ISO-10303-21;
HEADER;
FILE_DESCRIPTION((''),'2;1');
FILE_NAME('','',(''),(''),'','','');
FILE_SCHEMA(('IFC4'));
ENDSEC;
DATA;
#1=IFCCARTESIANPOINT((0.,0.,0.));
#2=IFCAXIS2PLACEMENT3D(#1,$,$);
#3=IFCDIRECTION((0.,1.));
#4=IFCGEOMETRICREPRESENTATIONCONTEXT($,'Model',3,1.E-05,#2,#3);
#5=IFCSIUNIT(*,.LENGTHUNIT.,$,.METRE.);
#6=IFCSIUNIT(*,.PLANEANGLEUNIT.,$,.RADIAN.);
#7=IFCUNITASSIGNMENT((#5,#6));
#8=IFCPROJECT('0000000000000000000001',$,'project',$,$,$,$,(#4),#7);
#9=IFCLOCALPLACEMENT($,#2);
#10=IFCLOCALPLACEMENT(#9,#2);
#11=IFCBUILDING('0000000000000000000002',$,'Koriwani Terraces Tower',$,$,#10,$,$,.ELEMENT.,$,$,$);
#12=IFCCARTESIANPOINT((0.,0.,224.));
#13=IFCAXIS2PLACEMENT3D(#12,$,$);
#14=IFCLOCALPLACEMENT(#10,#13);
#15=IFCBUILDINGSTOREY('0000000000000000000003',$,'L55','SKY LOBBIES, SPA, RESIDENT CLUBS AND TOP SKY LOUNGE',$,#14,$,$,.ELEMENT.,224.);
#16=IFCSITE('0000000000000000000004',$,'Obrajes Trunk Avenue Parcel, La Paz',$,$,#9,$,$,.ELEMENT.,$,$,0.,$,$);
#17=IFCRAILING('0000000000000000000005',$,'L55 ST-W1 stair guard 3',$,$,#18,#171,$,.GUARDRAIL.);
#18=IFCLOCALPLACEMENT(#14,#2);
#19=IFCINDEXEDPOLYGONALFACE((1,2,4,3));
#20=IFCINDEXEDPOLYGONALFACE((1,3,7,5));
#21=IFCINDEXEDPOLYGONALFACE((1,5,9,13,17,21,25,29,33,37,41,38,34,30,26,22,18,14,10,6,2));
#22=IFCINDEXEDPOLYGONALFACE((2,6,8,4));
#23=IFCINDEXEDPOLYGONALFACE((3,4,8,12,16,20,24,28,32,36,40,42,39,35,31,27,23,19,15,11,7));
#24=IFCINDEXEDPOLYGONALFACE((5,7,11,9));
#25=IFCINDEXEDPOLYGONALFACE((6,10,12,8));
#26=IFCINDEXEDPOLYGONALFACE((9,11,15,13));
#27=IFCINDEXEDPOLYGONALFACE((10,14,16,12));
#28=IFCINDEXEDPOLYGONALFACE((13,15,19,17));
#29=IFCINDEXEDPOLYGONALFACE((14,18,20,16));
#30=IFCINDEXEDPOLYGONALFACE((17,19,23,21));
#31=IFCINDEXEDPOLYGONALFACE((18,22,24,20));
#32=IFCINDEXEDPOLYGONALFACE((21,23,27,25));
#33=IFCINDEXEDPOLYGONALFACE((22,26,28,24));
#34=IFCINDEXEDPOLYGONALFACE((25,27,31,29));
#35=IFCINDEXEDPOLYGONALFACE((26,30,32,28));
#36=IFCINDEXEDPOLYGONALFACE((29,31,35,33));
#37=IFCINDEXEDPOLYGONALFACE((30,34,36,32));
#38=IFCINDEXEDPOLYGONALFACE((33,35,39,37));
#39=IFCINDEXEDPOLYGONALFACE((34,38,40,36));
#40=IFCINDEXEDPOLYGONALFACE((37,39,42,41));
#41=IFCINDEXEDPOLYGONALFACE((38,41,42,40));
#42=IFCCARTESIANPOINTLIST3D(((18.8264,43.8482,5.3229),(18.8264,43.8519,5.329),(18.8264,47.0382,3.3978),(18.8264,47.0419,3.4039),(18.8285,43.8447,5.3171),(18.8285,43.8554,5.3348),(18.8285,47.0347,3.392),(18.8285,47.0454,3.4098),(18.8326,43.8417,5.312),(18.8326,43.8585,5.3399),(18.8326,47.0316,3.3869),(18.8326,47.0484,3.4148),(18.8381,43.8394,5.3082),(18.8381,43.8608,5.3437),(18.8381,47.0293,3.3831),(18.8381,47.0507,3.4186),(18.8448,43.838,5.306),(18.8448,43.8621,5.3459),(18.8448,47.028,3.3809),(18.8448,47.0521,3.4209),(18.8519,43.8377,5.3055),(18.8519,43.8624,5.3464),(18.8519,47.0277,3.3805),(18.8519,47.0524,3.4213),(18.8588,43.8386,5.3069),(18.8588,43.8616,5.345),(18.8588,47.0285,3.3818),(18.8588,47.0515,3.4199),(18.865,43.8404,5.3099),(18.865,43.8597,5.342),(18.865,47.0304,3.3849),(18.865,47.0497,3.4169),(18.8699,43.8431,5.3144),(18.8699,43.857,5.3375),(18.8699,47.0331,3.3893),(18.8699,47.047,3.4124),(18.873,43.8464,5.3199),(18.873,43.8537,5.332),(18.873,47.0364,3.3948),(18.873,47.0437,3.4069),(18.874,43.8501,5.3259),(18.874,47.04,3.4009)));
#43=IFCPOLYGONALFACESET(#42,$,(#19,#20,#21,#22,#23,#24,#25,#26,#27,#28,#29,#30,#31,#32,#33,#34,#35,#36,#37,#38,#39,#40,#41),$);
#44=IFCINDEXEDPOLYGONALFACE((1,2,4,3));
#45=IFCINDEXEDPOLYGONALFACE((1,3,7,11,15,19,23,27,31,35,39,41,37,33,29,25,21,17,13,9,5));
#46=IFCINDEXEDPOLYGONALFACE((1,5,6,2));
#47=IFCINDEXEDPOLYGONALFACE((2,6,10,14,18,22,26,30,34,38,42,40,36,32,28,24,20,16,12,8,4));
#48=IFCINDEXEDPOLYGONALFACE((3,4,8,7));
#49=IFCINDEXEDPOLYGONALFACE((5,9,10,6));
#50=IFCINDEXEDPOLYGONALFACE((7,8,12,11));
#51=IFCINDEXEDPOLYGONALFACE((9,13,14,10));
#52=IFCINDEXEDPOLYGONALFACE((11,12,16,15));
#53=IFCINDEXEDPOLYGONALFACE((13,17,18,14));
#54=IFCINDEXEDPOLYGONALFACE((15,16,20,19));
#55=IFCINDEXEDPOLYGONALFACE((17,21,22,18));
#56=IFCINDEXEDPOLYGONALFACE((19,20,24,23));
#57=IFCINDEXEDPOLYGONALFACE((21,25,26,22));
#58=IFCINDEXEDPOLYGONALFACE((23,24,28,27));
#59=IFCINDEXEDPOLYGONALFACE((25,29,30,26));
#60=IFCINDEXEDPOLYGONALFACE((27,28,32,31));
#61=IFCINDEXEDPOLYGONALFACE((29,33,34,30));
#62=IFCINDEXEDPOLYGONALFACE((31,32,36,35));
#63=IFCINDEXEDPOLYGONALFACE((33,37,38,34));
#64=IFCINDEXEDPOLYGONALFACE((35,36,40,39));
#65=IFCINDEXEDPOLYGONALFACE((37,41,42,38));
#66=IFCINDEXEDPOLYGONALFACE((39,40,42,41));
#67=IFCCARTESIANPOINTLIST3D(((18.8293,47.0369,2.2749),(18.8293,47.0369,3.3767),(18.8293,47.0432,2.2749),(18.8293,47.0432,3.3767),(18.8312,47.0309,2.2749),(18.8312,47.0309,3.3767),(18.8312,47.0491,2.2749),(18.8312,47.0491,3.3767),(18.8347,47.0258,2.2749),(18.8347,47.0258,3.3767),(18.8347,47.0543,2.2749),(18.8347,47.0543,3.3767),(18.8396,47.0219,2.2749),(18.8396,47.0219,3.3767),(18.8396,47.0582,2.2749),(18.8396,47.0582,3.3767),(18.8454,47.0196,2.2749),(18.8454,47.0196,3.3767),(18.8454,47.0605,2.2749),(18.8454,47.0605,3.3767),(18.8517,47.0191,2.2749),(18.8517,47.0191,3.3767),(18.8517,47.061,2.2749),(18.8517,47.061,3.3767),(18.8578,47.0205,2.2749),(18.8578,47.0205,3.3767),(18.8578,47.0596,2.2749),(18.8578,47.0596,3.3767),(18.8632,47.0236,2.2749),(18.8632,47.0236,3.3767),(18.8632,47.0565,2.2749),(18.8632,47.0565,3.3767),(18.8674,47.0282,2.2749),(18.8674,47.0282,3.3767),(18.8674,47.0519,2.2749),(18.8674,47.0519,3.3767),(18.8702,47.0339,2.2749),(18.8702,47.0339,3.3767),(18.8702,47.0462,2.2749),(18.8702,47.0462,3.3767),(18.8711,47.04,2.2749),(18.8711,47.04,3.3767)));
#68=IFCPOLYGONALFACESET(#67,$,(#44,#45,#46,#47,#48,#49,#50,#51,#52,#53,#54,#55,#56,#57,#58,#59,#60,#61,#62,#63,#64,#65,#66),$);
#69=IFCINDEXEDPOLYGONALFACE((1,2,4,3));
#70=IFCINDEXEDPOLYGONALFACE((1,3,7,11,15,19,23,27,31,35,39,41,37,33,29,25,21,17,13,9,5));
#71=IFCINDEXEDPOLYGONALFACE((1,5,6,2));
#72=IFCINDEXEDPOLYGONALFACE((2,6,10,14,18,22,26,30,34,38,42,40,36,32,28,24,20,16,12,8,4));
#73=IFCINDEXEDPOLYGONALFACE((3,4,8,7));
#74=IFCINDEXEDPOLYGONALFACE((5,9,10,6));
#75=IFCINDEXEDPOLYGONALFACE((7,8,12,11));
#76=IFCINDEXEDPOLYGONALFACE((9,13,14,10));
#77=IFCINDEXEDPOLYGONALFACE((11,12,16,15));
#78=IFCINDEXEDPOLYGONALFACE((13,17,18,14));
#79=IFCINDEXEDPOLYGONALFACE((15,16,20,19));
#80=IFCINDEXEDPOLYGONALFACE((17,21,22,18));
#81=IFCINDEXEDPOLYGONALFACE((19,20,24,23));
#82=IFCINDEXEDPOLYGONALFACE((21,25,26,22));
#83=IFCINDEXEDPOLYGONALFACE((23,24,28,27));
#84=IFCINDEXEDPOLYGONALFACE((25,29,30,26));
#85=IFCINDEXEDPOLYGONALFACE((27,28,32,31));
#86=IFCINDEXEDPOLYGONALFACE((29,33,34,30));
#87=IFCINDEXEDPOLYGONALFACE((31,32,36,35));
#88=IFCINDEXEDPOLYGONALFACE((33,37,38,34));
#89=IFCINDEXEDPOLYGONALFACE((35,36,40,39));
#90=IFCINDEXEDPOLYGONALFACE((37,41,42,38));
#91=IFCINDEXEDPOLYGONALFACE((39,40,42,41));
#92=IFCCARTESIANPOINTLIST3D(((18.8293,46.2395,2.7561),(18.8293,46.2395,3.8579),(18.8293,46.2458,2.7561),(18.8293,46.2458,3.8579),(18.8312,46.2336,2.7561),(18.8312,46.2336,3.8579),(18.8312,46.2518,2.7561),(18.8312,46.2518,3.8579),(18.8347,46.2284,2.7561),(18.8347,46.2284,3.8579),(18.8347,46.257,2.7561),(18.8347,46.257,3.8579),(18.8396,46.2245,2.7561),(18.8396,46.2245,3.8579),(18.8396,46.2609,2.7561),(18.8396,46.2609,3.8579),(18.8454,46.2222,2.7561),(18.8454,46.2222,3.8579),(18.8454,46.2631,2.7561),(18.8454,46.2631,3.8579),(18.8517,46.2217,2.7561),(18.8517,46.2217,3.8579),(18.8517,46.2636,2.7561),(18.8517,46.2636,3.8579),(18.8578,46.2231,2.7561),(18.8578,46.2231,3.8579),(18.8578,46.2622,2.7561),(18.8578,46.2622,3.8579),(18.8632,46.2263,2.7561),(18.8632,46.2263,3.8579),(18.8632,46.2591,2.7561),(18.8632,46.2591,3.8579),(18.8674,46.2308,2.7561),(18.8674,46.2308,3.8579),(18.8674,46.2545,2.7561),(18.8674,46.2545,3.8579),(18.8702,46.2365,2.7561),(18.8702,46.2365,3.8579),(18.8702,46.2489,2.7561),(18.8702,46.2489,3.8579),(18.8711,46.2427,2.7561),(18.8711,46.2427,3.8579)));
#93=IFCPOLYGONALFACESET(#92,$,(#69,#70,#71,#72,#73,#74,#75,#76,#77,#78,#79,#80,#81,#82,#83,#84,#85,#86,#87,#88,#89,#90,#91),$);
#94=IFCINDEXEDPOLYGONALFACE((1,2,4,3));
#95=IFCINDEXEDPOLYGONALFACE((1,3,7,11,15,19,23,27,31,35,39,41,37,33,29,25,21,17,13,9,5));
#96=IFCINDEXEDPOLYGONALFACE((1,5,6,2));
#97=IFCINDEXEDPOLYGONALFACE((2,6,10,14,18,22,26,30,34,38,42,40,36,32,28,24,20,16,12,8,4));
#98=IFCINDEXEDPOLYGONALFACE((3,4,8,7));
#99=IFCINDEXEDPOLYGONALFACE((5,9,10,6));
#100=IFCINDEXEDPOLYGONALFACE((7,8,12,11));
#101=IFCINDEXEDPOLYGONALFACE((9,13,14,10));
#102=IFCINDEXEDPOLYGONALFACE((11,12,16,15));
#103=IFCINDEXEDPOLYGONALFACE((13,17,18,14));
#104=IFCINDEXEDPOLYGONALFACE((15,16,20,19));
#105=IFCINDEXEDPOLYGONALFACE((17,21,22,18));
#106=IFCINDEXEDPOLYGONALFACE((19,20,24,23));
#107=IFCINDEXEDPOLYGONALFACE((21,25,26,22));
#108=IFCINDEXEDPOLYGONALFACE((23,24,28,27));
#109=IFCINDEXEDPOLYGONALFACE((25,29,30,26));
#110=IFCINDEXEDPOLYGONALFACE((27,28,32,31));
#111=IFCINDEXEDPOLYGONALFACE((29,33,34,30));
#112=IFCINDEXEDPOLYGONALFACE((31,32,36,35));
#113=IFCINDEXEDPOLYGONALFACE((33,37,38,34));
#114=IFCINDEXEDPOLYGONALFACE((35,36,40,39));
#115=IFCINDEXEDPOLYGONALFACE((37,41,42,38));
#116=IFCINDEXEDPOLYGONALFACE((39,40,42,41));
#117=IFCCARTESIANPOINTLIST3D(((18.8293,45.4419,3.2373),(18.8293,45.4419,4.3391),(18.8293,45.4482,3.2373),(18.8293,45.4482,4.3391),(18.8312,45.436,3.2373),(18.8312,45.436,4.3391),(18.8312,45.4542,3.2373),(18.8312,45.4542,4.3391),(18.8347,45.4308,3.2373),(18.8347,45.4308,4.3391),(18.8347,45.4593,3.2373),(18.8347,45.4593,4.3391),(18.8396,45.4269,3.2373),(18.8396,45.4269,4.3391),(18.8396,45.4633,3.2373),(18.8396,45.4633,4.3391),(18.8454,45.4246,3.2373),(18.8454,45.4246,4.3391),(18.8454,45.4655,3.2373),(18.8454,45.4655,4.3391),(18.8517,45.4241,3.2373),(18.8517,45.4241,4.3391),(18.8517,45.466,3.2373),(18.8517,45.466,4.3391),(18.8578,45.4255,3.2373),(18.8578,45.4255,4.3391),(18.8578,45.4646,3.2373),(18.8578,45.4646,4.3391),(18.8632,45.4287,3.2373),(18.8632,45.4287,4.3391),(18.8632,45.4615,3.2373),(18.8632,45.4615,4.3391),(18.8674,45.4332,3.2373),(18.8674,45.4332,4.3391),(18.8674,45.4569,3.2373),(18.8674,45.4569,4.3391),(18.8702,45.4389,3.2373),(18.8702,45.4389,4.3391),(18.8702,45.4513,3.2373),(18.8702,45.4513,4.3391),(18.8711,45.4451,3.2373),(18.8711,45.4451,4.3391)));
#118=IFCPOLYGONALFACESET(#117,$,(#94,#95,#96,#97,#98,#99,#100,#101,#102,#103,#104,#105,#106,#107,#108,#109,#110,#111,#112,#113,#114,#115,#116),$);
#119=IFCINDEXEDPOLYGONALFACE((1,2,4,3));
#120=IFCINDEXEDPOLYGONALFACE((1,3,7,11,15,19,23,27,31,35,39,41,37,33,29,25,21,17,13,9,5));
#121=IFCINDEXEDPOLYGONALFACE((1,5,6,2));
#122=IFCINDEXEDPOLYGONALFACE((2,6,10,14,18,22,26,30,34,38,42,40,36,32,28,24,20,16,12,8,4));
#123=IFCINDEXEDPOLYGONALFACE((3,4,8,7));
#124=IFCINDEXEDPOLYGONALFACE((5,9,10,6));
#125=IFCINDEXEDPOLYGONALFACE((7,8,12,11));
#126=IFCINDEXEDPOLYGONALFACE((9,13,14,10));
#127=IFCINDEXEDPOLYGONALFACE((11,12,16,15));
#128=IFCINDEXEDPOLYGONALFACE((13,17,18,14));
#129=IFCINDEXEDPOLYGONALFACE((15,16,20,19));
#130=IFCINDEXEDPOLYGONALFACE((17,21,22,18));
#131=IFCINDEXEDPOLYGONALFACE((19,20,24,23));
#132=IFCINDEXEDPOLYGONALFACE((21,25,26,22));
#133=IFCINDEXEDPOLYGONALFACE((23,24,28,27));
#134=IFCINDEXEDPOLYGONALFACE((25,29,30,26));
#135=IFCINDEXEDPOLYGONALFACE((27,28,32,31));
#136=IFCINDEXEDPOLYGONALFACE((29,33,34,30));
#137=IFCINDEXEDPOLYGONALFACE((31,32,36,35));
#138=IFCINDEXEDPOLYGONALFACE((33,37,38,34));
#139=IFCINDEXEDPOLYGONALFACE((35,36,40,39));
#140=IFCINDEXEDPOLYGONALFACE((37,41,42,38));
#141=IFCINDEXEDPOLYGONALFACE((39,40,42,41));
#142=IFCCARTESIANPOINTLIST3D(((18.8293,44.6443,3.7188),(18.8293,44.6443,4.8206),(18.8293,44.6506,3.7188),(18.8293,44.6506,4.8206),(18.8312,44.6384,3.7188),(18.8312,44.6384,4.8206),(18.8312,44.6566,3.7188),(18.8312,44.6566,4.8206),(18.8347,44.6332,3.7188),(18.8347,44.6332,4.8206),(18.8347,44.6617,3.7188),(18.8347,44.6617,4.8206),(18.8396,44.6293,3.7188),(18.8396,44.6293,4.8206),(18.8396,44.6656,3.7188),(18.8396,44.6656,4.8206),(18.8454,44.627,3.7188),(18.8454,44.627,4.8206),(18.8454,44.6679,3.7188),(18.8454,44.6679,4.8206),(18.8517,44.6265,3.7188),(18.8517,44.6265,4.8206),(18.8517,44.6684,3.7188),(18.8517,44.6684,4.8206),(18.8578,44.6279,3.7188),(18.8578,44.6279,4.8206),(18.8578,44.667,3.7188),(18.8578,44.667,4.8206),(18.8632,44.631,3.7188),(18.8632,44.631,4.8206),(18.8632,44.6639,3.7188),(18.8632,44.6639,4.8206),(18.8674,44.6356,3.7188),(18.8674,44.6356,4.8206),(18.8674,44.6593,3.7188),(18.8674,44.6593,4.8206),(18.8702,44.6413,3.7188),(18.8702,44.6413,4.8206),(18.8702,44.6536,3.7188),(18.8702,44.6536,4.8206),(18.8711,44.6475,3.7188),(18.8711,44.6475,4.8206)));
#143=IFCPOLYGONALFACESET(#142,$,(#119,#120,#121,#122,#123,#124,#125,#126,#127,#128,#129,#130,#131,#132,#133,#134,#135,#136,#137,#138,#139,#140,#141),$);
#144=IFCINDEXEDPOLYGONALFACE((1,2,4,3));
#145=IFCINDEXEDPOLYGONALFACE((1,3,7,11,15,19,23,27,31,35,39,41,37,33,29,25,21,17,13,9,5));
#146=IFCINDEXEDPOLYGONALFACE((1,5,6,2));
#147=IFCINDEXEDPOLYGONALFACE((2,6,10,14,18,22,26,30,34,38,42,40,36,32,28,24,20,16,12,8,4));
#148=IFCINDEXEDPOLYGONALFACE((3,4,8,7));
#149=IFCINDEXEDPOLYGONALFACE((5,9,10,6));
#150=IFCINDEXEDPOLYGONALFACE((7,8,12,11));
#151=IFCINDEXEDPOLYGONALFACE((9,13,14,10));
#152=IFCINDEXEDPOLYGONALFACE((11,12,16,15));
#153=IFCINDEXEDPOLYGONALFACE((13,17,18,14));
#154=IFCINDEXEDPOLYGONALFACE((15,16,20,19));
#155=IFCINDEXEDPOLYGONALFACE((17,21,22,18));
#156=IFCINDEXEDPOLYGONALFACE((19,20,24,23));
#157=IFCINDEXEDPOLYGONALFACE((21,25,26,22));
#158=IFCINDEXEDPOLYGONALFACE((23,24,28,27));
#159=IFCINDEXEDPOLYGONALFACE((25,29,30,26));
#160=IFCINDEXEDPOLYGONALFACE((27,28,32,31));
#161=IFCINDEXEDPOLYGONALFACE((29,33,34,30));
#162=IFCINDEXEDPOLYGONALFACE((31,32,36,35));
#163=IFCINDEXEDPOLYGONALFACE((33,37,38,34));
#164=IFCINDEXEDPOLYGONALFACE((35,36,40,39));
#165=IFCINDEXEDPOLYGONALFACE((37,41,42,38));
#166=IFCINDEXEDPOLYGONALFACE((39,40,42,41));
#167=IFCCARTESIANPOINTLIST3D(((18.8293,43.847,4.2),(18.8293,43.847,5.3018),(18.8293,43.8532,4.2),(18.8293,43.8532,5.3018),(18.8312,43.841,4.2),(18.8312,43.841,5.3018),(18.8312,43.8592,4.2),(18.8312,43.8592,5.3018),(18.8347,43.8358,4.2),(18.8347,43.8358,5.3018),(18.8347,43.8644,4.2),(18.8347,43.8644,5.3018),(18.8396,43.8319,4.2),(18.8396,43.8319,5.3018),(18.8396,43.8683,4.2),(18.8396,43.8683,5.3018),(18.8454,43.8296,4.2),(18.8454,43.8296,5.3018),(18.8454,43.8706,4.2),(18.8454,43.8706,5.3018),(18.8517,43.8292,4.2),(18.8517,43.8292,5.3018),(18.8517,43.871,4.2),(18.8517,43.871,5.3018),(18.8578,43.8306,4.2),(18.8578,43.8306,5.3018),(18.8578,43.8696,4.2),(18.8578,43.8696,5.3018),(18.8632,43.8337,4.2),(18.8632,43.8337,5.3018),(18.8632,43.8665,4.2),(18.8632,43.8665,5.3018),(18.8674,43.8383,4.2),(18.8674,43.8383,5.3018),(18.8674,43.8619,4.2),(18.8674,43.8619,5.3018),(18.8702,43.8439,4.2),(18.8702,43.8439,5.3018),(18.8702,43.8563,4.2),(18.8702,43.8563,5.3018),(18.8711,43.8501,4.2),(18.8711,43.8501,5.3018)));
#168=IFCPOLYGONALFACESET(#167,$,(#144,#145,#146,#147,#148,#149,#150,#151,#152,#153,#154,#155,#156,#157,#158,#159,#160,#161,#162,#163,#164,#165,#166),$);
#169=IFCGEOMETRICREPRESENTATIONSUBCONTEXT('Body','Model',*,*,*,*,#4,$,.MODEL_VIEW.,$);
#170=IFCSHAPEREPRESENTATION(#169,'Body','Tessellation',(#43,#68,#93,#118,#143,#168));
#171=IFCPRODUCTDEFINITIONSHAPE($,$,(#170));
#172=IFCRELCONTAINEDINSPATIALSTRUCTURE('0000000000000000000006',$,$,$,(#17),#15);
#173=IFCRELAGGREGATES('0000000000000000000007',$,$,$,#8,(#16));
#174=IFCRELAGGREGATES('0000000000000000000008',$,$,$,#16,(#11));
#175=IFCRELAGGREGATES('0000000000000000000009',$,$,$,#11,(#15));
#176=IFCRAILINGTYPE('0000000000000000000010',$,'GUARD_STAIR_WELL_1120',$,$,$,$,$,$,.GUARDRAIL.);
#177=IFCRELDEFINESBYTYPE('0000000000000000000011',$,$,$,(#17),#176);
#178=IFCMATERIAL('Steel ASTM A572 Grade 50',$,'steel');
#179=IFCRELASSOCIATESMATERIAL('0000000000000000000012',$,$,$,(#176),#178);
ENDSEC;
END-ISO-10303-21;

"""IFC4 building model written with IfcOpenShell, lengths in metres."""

from ifc_helpers import new_model, si_unit, direction, frame, origin, origin_2d, place, context, subcontext, project, spatial, circle, extrude, material, type_object, element, save


model = new_model("IFC4")

# Units and contexts
model_context = context("Model", 3, precision=1e-05, world=origin(), true_north=direction((0.0, 1.0)))
body_context = subcontext(model_context, "Body", "Model", "MODEL_VIEW")
ifc_project = project(units=[si_unit("LENGTHUNIT", "METRE"), si_unit("PLANEANGLEUNIT", "RADIAN")], contexts=[model_context])

# Site, building, storey
site_placement = place(None, origin())
site = spatial("IfcSite", under=ifc_project, at=site_placement, Name="Obrajes Trunk Avenue Parcel, La Paz", CompositionType="ELEMENT", RefElevation=0.0)
building_placement = place(site_placement, origin())
building = spatial("IfcBuilding", under=site, at=building_placement, Name="Koriwani Terraces Tower", CompositionType="ELEMENT")
storey_placement = place(building_placement, frame((0.0, 0.0, 224.0)))
storey = spatial("IfcBuildingStorey", under=building, at=storey_placement, Name="L55", Description="SKY LOBBIES, SPA, RESIDENT CLUBS AND TOP SKY LOUNGE", CompositionType="ELEMENT", Elevation=224.0)

# Shared definitions
ifc_material_1 = material(Name="Steel ASTM A572 Grade 50", Category="steel")

# Railing
railing_type_1 = type_object("IfcRailingType", Name="GUARD_STAIR_WELL_1120", PredefinedType="GUARDRAIL", material=ifc_material_1)
railing_1_placement = place(storey_placement, frame((18.8501, 47.04, 2.2749)))
element("IfcRailing", 1, at=railing_1_placement, inside=storey, type_object=railing_type_1, Name="L55 ST-W1 stair guard 3", PredefinedType="GUARDRAIL", context=body_context, shape_type="SweptSolid", body=[
    extrude(circle(Radius=0.0239, at=origin_2d()), frame((0.0, 0.0, 1.126), z_axis=(0.0, -0.856178, 0.516682), x_axis=(1.0, 0.0, 0.0)), (0.0, 0.0, 1.0), 3.7258),
    extrude(circle(Radius=0.021, at=origin_2d()), origin(), (0.0, 0.0, 1.0), 1.1018),
    extrude(circle(Radius=0.021, at=origin_2d()), frame((0.0, -0.7974, 0.4812)), (0.0, 0.0, 1.0), 1.1018),
    extrude(circle(Radius=0.021, at=origin_2d()), frame((0.0, -1.595, 0.9624)), (0.0, 0.0, 1.0), 1.1018),
    extrude(circle(Radius=0.021, at=origin_2d()), frame((0.0, -2.3926, 1.4438)), (0.0, 0.0, 1.0), 1.1018),
    extrude(circle(Radius=0.021, at=origin_2d()), frame((0.0, -3.1899, 1.925)), (0.0, 0.0, 1.0), 1.1018),
])

save(model, "model.ifc")
